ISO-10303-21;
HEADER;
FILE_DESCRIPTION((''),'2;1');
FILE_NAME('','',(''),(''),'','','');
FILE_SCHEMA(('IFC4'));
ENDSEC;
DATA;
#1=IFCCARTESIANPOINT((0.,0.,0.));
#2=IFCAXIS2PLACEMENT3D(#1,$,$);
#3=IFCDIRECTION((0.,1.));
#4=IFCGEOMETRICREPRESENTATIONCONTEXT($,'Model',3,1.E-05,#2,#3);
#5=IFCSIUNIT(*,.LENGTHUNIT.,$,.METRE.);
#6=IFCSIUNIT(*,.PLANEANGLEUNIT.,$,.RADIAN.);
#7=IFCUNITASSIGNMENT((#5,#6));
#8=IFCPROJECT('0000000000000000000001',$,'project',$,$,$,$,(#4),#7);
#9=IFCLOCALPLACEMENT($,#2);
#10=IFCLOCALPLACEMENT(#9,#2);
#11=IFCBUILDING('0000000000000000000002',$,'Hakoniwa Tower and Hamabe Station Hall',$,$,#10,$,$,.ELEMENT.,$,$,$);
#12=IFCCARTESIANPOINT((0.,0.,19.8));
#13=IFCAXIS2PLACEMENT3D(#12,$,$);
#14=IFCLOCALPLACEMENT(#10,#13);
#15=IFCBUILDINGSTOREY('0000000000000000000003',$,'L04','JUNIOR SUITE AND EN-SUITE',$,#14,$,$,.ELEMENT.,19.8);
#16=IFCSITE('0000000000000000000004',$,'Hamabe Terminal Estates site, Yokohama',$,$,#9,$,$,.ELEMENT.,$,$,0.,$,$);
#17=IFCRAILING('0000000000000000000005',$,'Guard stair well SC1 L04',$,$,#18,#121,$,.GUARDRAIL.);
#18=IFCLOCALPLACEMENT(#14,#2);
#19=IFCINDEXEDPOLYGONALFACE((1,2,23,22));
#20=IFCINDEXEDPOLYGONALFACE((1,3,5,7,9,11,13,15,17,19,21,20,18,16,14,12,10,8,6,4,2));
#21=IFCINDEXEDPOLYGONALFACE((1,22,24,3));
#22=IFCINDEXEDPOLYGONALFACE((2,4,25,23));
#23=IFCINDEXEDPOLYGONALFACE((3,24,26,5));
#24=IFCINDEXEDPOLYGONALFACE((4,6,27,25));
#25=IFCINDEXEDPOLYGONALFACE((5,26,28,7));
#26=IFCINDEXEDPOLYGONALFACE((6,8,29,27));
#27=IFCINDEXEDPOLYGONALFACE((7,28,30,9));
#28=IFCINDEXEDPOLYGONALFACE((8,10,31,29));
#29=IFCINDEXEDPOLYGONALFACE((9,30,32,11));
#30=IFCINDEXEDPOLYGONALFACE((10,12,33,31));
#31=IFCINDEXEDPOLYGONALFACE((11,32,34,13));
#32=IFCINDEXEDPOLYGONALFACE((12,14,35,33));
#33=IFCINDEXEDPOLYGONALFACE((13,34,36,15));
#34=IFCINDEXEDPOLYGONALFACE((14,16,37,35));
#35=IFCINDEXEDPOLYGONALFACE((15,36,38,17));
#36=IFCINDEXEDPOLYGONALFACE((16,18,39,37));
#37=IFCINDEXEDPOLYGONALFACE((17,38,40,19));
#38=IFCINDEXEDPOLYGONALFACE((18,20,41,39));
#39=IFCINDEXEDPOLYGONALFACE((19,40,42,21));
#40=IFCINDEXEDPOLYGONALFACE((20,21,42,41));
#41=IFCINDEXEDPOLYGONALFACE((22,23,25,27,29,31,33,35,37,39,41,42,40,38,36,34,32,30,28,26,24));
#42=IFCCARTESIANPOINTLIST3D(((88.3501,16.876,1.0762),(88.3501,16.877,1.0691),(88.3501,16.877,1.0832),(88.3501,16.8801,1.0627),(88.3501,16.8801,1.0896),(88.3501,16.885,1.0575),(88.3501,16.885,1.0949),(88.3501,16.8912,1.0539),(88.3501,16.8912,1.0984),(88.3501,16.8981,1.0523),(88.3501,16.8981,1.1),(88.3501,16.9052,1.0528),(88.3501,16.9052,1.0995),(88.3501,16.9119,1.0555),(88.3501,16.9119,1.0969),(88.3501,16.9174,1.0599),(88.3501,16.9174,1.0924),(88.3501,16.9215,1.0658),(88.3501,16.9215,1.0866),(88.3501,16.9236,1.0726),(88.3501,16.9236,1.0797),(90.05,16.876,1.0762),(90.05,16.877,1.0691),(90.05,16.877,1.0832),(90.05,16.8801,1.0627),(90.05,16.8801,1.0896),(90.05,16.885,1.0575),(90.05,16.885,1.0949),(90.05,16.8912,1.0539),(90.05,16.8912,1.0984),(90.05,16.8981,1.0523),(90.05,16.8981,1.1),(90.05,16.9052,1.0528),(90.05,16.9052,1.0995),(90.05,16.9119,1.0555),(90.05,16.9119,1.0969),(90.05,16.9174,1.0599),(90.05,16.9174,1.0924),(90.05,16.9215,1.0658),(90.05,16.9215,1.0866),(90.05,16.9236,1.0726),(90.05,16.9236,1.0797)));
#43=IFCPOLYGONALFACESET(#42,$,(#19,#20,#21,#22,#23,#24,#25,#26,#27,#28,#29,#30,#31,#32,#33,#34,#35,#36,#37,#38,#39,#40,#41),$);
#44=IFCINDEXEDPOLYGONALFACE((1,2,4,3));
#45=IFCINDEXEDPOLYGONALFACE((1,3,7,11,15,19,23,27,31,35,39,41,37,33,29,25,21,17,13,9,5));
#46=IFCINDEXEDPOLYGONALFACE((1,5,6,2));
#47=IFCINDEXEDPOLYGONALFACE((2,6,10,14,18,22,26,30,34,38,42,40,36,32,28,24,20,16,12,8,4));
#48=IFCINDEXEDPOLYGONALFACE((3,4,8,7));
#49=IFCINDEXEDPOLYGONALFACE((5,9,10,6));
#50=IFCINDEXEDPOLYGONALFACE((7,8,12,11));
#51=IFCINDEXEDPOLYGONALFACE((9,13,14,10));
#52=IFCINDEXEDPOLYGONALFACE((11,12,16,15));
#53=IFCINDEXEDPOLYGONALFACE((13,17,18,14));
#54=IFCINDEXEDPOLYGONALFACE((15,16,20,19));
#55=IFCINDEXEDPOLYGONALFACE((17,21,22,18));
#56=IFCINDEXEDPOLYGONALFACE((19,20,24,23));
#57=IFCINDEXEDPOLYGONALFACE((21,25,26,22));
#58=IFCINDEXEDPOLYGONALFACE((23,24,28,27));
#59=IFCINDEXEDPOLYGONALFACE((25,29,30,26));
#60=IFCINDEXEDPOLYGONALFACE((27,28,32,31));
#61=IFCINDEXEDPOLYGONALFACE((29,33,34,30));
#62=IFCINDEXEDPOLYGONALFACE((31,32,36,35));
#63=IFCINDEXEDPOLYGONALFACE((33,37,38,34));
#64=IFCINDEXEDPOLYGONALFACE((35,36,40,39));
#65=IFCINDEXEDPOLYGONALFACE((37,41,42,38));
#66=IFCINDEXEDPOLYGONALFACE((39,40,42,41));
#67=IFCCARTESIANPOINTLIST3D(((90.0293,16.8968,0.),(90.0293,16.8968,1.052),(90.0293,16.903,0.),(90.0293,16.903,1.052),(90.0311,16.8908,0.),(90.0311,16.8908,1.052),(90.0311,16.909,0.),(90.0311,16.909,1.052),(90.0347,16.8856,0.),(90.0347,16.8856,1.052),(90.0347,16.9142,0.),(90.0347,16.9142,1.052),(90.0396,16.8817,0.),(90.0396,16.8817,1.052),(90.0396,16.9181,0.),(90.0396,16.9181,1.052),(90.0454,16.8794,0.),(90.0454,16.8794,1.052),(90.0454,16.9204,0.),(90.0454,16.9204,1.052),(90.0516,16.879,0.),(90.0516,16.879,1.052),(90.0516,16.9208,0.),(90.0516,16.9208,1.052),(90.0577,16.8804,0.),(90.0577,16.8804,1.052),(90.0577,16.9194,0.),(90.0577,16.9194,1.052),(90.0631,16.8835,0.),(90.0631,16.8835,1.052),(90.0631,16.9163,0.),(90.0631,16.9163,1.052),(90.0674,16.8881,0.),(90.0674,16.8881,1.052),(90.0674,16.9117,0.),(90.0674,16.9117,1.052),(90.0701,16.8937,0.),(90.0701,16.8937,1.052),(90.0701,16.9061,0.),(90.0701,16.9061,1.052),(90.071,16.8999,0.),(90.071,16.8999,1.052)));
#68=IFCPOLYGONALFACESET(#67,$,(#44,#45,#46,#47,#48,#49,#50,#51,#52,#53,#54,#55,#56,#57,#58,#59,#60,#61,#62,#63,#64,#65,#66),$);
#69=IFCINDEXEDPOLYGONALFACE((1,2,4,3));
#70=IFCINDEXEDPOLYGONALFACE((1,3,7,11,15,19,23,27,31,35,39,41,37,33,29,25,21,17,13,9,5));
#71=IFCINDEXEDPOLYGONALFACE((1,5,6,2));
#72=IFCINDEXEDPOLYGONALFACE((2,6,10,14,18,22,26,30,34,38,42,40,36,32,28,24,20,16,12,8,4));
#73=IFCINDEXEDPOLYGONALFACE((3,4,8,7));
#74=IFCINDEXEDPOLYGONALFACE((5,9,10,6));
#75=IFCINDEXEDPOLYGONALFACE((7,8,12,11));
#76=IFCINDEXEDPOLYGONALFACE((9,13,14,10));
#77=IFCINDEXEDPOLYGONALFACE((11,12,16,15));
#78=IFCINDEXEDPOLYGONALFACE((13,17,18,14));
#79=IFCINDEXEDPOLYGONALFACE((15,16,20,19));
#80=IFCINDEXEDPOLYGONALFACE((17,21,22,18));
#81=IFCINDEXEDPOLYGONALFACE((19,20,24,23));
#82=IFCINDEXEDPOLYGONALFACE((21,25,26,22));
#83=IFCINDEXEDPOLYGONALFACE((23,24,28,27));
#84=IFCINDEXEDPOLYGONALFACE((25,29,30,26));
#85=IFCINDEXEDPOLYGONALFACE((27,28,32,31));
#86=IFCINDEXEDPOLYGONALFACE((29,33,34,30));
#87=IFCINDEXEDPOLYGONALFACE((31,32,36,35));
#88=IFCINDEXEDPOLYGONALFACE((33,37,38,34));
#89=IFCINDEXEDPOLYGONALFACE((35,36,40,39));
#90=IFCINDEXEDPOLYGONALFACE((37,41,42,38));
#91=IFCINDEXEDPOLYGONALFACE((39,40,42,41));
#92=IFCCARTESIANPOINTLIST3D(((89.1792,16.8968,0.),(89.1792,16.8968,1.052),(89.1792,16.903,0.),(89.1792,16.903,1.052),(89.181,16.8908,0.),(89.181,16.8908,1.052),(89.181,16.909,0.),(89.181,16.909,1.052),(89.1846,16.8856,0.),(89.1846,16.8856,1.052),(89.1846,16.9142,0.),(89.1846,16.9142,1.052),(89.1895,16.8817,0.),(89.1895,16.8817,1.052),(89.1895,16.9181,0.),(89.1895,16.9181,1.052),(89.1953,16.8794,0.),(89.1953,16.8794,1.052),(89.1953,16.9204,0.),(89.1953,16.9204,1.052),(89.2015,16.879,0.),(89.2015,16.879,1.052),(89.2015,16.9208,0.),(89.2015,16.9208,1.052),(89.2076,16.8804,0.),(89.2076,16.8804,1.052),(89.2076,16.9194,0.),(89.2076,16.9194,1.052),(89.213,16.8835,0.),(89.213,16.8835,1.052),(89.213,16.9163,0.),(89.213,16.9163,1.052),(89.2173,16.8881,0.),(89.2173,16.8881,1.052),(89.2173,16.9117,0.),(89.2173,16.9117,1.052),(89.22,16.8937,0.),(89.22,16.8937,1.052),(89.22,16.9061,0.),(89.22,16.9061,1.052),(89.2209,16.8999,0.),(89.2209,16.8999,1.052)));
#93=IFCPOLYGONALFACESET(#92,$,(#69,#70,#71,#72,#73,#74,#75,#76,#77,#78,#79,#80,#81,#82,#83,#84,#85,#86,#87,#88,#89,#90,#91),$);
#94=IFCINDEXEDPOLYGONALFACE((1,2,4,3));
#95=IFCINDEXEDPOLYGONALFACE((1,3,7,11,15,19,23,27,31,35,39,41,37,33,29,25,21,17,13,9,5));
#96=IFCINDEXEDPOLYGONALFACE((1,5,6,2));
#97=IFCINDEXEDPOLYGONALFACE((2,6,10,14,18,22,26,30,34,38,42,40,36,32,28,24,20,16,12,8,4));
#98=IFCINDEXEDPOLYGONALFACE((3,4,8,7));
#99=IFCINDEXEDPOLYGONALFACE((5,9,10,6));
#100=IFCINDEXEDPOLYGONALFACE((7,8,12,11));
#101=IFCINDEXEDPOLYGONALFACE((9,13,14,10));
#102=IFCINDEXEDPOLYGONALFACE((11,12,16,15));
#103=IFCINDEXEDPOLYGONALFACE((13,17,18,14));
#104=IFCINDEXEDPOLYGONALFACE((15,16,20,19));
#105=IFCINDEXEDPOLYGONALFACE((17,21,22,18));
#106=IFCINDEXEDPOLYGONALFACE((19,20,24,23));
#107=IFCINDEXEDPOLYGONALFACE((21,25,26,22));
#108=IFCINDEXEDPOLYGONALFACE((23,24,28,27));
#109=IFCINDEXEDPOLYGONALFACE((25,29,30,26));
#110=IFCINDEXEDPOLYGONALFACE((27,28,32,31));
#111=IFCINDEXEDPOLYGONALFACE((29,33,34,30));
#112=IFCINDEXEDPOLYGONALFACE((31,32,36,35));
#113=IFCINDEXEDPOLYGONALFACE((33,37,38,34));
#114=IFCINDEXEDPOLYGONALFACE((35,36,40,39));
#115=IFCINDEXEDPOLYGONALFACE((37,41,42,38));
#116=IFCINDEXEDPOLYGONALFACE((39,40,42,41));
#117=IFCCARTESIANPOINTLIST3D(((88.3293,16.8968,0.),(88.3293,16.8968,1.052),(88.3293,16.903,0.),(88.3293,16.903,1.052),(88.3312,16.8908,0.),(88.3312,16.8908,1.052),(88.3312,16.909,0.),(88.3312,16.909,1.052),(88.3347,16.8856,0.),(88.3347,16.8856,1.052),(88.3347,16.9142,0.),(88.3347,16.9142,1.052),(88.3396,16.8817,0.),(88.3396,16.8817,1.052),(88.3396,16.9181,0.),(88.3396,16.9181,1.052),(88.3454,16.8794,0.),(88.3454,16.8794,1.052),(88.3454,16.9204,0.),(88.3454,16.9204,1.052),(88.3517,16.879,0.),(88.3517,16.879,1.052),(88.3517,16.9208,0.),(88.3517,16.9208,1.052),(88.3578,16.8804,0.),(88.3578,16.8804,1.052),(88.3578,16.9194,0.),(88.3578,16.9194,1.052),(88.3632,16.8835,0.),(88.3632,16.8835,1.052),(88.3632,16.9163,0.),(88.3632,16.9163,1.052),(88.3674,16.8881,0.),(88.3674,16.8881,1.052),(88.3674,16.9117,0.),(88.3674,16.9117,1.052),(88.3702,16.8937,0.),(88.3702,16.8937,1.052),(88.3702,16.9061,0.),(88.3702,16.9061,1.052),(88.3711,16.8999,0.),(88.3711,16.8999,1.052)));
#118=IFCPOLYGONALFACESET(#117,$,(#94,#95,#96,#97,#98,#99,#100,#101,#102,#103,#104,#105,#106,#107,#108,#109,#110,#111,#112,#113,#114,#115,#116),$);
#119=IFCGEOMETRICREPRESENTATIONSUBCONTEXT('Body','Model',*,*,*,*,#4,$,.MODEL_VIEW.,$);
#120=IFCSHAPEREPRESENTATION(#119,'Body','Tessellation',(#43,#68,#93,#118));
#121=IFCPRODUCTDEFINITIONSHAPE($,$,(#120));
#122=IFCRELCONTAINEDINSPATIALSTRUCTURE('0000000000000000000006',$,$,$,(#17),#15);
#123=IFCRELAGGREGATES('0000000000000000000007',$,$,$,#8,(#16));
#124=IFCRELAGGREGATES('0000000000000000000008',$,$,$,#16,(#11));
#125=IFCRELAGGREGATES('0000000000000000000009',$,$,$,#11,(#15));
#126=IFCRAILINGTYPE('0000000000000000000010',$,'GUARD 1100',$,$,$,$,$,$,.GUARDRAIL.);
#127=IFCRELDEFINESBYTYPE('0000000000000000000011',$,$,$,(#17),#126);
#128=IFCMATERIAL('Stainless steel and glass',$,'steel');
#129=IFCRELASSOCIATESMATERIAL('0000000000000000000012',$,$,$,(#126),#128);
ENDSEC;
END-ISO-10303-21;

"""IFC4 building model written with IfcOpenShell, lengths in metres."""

from ifc_helpers import new_model, si_unit, direction, frame, origin, origin_2d, place, context, subcontext, project, spatial, circle, extrude, material, type_object, element, save


model = new_model("IFC4")

# Units and contexts
model_context = context("Model", 3, precision=1e-05, world=origin(), true_north=direction((0.0, 1.0)))
body_context = subcontext(model_context, "Body", "Model", "MODEL_VIEW")
ifc_project = project(units=[si_unit("LENGTHUNIT", "METRE"), si_unit("PLANEANGLEUNIT", "RADIAN")], contexts=[model_context])

# Site, building, storey
site_placement = place(None, origin())
site = spatial("IfcSite", under=ifc_project, at=site_placement, Name="Hamabe Terminal Estates site, Yokohama", CompositionType="ELEMENT", RefElevation=0.0)
building_placement = place(site_placement, origin())
building = spatial("IfcBuilding", under=site, at=building_placement, Name="Hakoniwa Tower and Hamabe Station Hall", CompositionType="ELEMENT")
storey_placement = place(building_placement, frame((0.0, 0.0, 19.8)))
storey = spatial("IfcBuildingStorey", under=building, at=storey_placement, Name="L04", Description="JUNIOR SUITE AND EN-SUITE", CompositionType="ELEMENT", Elevation=19.8)

# Railing
ifc_material_1 = material(Name="Stainless steel and glass", Category="steel")
railing_type = type_object("IfcRailingType", Name="GUARD 1100", PredefinedType="GUARDRAIL", material=ifc_material_1)
railing_placement = place(storey_placement, frame((90.05, 16.8999, 0.0)))
element("IfcRailing", 1, at=railing_placement, inside=storey, type_object=railing_type, Name="Guard stair well SC1 L04", PredefinedType="GUARDRAIL", context=body_context, shape_type="SweptSolid", body=[
    extrude(circle(Radius=0.0239, at=origin_2d()), frame((0.0, 0.0, 1.0762), z_axis=(-1.0, 0.0, 0.0), x_axis=(0.0, -1.0, 0.0)), (0.0, 0.0, 1.0), 1.7),
    extrude(circle(Radius=0.021, at=origin_2d()), origin(), (0.0, 0.0, 1.0), 1.052),
    extrude(circle(Radius=0.021, at=origin_2d()), frame((-0.8501, 0.0, 0.0)), (0.0, 0.0, 1.0), 1.052),
    extrude(circle(Radius=0.021, at=origin_2d()), frame((-1.7, 0.0, 0.0)), (0.0, 0.0, 1.0), 1.052),
])

save(model, "model.ifc")
